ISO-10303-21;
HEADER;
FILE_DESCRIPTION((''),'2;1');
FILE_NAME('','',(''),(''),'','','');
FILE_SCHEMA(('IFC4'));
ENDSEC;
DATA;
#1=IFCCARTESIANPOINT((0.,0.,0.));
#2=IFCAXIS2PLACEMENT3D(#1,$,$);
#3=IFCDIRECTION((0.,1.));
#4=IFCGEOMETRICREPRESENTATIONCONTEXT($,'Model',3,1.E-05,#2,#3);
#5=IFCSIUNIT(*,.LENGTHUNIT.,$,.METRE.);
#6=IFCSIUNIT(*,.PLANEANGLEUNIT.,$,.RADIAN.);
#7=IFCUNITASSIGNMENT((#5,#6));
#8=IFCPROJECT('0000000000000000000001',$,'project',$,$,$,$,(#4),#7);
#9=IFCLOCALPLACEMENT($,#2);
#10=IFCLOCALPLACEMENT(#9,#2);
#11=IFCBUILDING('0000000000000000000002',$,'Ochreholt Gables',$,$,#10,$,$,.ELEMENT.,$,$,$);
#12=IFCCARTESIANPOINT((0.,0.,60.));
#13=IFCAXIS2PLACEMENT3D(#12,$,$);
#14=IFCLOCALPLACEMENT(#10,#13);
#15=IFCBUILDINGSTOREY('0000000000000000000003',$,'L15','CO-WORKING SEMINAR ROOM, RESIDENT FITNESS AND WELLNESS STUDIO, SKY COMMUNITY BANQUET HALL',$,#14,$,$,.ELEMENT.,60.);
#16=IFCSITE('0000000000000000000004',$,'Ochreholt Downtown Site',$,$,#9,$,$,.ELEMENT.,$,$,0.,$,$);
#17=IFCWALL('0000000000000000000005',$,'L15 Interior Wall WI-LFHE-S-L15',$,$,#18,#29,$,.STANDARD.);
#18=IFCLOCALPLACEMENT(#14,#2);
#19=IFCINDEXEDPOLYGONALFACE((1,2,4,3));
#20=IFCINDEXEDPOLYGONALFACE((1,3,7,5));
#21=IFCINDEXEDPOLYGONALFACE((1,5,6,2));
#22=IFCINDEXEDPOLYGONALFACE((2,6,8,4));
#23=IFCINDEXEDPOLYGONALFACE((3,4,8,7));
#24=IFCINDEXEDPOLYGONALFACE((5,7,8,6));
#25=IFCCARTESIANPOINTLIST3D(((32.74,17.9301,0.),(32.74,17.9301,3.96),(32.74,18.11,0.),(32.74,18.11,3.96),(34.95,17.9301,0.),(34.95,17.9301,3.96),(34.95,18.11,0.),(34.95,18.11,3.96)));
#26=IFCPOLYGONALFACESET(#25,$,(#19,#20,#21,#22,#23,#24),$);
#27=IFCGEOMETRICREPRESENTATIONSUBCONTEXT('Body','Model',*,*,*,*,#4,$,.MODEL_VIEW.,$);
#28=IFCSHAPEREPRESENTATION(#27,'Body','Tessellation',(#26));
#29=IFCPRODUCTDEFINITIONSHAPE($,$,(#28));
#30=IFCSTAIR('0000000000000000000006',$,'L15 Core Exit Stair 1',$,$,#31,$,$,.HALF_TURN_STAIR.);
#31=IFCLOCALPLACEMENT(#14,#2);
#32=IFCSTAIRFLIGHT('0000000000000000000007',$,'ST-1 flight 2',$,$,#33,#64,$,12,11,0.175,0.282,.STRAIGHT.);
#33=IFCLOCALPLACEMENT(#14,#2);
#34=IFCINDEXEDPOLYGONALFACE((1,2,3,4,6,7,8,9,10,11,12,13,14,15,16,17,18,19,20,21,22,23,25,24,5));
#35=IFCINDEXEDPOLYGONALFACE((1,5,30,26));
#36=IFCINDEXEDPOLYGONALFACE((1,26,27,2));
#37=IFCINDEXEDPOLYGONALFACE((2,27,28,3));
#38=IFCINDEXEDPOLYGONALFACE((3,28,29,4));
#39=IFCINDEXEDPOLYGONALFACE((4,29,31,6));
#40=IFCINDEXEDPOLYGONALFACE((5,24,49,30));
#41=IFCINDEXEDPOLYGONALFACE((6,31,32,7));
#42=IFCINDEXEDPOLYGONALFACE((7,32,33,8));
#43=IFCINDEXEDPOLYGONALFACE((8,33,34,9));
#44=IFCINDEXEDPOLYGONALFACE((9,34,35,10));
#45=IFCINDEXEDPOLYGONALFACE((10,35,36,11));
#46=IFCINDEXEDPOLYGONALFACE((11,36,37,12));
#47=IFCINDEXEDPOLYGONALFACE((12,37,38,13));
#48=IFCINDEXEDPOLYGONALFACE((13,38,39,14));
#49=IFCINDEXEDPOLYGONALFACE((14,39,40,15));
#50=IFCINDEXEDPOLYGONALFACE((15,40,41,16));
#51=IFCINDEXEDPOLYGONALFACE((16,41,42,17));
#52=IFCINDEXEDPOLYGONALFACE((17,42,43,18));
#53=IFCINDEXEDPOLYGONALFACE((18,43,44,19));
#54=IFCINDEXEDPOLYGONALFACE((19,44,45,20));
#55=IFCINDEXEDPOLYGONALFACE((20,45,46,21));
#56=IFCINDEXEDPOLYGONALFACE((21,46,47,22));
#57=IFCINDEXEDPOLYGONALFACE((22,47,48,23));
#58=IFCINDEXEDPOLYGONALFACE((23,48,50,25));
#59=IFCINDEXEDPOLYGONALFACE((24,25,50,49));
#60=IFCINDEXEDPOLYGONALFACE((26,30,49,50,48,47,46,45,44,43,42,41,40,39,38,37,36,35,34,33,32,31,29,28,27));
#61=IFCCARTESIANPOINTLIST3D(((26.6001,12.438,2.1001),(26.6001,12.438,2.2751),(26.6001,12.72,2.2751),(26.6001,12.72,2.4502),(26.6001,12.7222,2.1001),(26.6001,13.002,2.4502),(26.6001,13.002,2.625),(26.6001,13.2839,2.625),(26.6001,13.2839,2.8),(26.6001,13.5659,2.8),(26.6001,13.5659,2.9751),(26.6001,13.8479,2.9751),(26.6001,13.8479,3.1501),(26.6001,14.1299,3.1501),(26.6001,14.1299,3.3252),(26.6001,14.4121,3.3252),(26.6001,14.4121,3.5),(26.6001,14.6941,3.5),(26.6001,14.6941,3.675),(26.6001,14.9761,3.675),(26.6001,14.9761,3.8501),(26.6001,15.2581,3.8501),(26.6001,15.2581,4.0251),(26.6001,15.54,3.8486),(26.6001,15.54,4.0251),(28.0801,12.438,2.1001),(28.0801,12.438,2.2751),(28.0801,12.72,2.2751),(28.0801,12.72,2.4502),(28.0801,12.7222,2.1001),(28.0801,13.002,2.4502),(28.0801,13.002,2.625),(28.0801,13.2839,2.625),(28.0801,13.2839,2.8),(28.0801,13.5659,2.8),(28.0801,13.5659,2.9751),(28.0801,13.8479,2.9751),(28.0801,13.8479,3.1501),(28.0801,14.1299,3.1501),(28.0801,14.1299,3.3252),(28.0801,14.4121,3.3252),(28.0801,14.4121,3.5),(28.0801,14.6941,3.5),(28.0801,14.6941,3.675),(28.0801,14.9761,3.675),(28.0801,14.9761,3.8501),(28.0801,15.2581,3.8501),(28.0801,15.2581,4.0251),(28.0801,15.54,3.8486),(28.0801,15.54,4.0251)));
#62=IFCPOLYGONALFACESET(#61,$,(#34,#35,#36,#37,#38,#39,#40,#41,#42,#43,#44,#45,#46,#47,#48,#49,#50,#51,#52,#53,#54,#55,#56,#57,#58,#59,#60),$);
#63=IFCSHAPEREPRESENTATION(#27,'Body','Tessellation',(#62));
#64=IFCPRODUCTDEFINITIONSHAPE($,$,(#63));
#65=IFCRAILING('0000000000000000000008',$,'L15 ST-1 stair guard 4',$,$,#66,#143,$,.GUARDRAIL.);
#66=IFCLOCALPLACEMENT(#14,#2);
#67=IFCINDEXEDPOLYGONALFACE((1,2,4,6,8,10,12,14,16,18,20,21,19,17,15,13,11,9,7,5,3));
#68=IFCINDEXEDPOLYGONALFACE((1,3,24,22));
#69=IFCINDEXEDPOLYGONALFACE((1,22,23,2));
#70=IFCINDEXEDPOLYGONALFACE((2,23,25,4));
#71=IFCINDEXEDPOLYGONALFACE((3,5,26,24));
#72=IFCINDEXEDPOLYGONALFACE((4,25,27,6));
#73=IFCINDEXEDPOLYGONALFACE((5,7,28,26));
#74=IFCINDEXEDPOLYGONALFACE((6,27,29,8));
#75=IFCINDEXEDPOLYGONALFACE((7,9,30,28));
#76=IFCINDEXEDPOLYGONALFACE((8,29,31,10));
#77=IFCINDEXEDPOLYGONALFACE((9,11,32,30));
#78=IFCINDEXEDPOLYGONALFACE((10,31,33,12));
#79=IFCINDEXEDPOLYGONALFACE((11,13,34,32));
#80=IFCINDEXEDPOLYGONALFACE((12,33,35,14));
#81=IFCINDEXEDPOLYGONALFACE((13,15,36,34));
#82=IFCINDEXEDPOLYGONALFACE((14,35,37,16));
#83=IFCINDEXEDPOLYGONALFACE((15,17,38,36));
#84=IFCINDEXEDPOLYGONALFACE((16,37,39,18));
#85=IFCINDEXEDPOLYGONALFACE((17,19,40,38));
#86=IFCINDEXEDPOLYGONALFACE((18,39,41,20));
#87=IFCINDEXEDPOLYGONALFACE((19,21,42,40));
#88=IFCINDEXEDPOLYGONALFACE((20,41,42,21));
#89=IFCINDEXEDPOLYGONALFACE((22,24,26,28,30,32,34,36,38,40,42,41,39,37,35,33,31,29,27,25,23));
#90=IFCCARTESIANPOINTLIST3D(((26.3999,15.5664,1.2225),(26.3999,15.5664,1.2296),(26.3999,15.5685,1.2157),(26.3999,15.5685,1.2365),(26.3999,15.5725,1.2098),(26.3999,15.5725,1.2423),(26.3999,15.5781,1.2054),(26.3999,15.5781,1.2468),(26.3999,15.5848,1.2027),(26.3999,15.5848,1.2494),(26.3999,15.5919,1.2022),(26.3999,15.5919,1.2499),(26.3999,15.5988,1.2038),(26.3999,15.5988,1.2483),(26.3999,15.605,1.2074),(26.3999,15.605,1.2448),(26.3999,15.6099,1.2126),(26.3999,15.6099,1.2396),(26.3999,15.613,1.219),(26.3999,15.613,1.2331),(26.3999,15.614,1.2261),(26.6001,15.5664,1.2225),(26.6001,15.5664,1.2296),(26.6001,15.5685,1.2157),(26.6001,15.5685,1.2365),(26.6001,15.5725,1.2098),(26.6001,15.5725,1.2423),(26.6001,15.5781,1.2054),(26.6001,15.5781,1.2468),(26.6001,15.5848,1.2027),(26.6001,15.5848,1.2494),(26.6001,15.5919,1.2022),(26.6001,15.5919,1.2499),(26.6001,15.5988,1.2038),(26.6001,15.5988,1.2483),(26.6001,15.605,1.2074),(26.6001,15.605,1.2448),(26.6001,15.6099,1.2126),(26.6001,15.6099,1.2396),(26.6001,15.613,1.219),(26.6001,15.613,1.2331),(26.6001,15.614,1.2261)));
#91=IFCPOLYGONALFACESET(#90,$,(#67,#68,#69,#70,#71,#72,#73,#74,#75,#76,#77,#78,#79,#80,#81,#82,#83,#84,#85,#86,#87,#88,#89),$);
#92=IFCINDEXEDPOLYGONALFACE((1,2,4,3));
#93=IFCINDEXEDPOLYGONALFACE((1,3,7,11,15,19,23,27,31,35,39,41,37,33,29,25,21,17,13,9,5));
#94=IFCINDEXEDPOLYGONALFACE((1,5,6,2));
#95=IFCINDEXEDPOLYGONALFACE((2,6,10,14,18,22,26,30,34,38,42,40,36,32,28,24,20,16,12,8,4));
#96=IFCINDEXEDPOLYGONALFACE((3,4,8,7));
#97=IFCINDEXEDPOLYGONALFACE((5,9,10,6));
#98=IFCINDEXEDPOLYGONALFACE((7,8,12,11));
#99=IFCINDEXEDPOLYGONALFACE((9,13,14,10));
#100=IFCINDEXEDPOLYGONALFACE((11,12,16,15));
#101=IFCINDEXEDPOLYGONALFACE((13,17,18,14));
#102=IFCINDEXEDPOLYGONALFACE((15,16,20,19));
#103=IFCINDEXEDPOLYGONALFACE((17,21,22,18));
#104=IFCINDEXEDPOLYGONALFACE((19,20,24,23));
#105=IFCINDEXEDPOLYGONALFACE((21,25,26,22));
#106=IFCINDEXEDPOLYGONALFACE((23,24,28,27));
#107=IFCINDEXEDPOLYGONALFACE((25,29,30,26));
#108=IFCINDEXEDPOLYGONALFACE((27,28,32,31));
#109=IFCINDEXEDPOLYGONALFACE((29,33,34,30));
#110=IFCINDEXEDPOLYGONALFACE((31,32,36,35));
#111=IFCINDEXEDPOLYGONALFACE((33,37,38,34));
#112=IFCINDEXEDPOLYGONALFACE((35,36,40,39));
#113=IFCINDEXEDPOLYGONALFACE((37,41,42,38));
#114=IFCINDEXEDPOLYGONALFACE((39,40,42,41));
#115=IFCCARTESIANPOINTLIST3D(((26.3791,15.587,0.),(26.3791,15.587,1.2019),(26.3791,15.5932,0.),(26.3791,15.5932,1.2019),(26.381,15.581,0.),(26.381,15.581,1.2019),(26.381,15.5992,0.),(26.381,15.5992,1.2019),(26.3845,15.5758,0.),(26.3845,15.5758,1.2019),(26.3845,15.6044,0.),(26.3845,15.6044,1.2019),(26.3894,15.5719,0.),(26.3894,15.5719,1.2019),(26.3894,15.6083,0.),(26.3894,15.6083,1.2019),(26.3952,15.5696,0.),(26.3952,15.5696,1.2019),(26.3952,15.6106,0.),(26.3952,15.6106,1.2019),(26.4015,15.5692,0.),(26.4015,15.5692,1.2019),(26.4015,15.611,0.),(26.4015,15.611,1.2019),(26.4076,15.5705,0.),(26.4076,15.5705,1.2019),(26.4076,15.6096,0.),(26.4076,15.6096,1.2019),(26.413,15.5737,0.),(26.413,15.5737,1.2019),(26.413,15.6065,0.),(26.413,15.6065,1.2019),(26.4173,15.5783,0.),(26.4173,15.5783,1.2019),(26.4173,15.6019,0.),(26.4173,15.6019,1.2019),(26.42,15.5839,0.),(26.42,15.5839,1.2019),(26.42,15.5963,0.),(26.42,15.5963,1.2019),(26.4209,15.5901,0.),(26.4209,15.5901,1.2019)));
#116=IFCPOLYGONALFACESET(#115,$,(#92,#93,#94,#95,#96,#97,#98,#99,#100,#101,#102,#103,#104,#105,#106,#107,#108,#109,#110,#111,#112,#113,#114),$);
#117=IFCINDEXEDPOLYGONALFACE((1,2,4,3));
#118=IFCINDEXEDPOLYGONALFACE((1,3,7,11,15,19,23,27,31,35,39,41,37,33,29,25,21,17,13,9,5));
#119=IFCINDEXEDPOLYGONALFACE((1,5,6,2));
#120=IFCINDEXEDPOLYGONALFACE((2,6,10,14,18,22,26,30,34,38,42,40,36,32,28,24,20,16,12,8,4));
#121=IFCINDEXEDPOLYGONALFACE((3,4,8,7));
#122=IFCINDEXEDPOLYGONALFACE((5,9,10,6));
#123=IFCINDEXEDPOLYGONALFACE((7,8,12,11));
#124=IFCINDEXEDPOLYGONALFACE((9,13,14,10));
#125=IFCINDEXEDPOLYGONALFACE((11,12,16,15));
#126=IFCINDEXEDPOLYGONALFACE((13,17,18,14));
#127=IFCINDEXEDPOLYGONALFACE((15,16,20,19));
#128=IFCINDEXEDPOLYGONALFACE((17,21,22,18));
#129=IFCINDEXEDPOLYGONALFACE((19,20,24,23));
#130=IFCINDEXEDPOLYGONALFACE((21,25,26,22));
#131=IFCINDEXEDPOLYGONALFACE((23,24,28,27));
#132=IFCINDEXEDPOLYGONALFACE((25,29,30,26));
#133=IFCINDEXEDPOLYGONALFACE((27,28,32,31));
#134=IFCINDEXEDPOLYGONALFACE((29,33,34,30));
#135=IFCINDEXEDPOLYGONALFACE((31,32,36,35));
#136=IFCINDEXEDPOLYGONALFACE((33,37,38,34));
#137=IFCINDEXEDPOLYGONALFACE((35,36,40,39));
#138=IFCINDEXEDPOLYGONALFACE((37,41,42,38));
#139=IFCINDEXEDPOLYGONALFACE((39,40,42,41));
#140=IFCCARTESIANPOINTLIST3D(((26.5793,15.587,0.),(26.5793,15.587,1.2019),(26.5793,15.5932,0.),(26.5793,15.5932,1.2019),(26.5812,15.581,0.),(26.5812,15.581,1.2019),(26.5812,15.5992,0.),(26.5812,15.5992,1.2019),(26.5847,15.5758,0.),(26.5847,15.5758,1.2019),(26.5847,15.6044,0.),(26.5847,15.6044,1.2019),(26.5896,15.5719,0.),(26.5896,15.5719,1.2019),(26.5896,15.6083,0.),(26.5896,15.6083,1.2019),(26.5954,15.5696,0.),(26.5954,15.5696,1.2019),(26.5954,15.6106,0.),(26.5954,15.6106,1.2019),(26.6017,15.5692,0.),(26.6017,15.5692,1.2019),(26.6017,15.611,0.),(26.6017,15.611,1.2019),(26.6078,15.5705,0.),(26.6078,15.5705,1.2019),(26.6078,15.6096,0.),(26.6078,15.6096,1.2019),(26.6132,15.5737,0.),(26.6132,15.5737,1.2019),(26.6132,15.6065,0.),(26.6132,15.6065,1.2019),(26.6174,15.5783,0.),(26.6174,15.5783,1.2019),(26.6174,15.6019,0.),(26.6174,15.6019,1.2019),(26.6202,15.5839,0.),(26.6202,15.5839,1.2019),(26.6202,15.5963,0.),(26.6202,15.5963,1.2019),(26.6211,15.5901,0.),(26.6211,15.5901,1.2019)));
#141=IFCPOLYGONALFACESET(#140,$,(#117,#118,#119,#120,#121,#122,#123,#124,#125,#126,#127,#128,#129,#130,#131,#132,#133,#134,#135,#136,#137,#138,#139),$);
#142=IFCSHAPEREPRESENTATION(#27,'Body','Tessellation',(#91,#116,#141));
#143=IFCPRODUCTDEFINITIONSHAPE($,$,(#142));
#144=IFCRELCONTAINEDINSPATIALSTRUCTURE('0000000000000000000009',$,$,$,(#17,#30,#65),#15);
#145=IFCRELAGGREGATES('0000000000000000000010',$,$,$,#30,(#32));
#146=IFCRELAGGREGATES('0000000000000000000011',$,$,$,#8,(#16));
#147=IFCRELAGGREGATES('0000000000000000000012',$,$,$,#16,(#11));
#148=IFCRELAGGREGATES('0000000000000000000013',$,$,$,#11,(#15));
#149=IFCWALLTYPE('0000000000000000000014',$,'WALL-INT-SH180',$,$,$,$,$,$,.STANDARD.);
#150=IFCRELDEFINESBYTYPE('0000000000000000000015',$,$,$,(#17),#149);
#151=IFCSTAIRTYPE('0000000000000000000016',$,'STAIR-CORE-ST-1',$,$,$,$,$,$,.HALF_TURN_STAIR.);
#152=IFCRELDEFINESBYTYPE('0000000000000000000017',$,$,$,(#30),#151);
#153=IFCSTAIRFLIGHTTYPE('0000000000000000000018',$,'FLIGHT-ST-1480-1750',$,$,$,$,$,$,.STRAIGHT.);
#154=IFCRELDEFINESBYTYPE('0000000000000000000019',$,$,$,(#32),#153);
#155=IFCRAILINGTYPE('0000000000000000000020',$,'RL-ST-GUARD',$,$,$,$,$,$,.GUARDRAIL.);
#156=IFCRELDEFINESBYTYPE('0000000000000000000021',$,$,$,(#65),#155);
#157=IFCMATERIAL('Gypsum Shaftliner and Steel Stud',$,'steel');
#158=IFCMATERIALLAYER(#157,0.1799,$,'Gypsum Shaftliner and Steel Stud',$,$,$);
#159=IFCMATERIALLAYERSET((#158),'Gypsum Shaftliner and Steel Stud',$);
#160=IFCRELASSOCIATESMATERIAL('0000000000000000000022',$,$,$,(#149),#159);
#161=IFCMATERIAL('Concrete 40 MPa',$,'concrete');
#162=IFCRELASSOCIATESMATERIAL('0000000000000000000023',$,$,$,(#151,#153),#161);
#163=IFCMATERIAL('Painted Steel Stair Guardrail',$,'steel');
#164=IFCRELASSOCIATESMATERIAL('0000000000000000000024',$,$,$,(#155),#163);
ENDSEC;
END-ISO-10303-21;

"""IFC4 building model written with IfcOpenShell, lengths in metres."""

from ifc_helpers import new_model, si_unit, direction, frame, frame_2d, origin, origin_2d, place, context, subcontext, project, spatial, polyline, rectangle, circle, outline, extrude, material, layer, layer_set, type_object, element, aggregate, save


model = new_model("IFC4")

# Units and contexts
model_context = context("Model", 3, precision=1e-05, world=origin(), true_north=direction((0.0, 1.0)))
body_context = subcontext(model_context, "Body", "Model", "MODEL_VIEW")
ifc_project = project(units=[si_unit("LENGTHUNIT", "METRE"), si_unit("PLANEANGLEUNIT", "RADIAN")], contexts=[model_context])

# Site, building, storey
site_placement = place(None, origin())
site = spatial("IfcSite", under=ifc_project, at=site_placement, Name="Ochreholt Downtown Site", CompositionType="ELEMENT", RefElevation=0.0)
building_placement = place(site_placement, origin())
building = spatial("IfcBuilding", under=site, at=building_placement, Name="Ochreholt Gables", CompositionType="ELEMENT")
storey_placement = place(building_placement, frame((0.0, 0.0, 60.0)))
storey = spatial("IfcBuildingStorey", under=building, at=storey_placement, Name="L15", Description="CO-WORKING SEMINAR ROOM, RESIDENT FITNESS AND WELLNESS STUDIO, SKY COMMUNITY BANQUET HALL", CompositionType="ELEMENT", Elevation=60.0)

# Shared definitions
ifc_material_1 = material(Name="Concrete 40 MPa", Category="concrete")

# Wall
ifc_material_2 = material(Name="Gypsum Shaftliner and Steel Stud", Category="steel")
ifc_layer_1 = layer(ifc_material_2, 0.1799, Name="Gypsum Shaftliner and Steel Stud")
ifc_layer_set_1 = layer_set([ifc_layer_1], Name="Gypsum Shaftliner and Steel Stud")
wall_type_1 = type_object("IfcWallType", Name="WALL-INT-SH180", PredefinedType="STANDARD", material=ifc_layer_set_1)
wall_1_placement = place(storey_placement, frame((32.74, 18.02, 0.0), z_axis=(0.0, 0.0, 1.0), x_axis=(1.0, 0.0, 0.0)))
element("IfcWall", 1, at=wall_1_placement, inside=storey, type_object=wall_type_1, Name="L15 Interior Wall WI-LFHE-S-L15", PredefinedType="STANDARD", context=body_context, shape_type="SweptSolid", body=[
    extrude(rectangle(XDim=2.21, YDim=0.1799, at=frame_2d((1.105, 0.0))), origin(), (0.0, 0.0, 1.0), 3.96),
])

# Stair, stair flight
stair_type = type_object("IfcStairType", Name="STAIR-CORE-ST-1", PredefinedType="HALF_TURN_STAIR", material=ifc_material_1)
stair_placement = place(storey_placement, origin())
stair = element("IfcStair", 2, at=stair_placement, inside=storey, type_object=stair_type, Name="L15 Core Exit Stair 1", PredefinedType="HALF_TURN_STAIR")
stair_flight_type = type_object("IfcStairFlightType", Name="FLIGHT-ST-1480-1750", PredefinedType="STRAIGHT", material=ifc_material_1)
stair_flight_placement = place(storey_placement, frame((27.3401, 12.438, 2.1001), z_axis=(0.0, 0.0, 1.0), x_axis=(0.0, 1.0, 0.0)))
stair_flight = element("IfcStairFlight", 3, at=stair_flight_placement, type_object=stair_flight_type, Name="ST-1 flight 2", NumberOfRisers=12, NumberOfTreads=11, PredefinedType="STRAIGHT", RiserHeight=0.175, TreadLength=0.282, context=body_context, shape_type="SweptSolid", body=[
    extrude(outline(polyline([(0.0, 0.0), (0.0, 0.175), (0.282, 0.175), (0.282, 0.3501), (0.564, 0.3501), (0.564, 0.5249), (0.8459, 0.5249), (0.8459, 0.7), (1.1279, 0.7), (1.1279, 0.875), (1.4099, 0.875), (1.4099, 1.05), (1.6919, 1.05), (1.6919, 1.2251), (1.9741, 1.2251), (1.9741, 1.3999), (2.2561, 1.3999), (2.2561, 1.575), (2.5381, 1.575), (2.5381, 1.75), (2.8201, 1.75), (2.8201, 1.925), (3.1021, 1.925), (3.1021, 2.1001), (3.1021, 1.7485), (0.2842, 0.0), (0.0, 0.0)])), frame((0.0, 0.74, 0.0), z_axis=(0.0, -1.0, 0.0), x_axis=(1.0, 0.0, 0.0)), (0.0, 0.0, 1.0), 1.48),
])
aggregate(stair, [stair_flight])

# Railing
ifc_material_3 = material(Name="Painted Steel Stair Guardrail", Category="steel")
railing_type_1 = type_object("IfcRailingType", Name="RL-ST-GUARD", PredefinedType="GUARDRAIL", material=ifc_material_3)
railing_1_placement = place(storey_placement, frame((26.3999, 15.5901, 0.0)))
element("IfcRailing", 4, at=railing_1_placement, inside=storey, type_object=railing_type_1, Name="L15 ST-1 stair guard 4", PredefinedType="GUARDRAIL", context=body_context, shape_type="SweptSolid", body=[
    extrude(circle(Radius=0.0239, at=origin_2d()), frame((0.0, 0.0, 1.2261), z_axis=(1.0, 0.0, 0.0), x_axis=(0.0, 1.0, 0.0)), (0.0, 0.0, 1.0), 0.2002),
    extrude(circle(Radius=0.021, at=origin_2d()), origin(), (0.0, 0.0, 1.0), 1.2019),
    extrude(circle(Radius=0.021, at=origin_2d()), frame((0.2002, 0.0, 0.0)), (0.0, 0.0, 1.0), 1.2019),
])

save(model, "model.ifc")
